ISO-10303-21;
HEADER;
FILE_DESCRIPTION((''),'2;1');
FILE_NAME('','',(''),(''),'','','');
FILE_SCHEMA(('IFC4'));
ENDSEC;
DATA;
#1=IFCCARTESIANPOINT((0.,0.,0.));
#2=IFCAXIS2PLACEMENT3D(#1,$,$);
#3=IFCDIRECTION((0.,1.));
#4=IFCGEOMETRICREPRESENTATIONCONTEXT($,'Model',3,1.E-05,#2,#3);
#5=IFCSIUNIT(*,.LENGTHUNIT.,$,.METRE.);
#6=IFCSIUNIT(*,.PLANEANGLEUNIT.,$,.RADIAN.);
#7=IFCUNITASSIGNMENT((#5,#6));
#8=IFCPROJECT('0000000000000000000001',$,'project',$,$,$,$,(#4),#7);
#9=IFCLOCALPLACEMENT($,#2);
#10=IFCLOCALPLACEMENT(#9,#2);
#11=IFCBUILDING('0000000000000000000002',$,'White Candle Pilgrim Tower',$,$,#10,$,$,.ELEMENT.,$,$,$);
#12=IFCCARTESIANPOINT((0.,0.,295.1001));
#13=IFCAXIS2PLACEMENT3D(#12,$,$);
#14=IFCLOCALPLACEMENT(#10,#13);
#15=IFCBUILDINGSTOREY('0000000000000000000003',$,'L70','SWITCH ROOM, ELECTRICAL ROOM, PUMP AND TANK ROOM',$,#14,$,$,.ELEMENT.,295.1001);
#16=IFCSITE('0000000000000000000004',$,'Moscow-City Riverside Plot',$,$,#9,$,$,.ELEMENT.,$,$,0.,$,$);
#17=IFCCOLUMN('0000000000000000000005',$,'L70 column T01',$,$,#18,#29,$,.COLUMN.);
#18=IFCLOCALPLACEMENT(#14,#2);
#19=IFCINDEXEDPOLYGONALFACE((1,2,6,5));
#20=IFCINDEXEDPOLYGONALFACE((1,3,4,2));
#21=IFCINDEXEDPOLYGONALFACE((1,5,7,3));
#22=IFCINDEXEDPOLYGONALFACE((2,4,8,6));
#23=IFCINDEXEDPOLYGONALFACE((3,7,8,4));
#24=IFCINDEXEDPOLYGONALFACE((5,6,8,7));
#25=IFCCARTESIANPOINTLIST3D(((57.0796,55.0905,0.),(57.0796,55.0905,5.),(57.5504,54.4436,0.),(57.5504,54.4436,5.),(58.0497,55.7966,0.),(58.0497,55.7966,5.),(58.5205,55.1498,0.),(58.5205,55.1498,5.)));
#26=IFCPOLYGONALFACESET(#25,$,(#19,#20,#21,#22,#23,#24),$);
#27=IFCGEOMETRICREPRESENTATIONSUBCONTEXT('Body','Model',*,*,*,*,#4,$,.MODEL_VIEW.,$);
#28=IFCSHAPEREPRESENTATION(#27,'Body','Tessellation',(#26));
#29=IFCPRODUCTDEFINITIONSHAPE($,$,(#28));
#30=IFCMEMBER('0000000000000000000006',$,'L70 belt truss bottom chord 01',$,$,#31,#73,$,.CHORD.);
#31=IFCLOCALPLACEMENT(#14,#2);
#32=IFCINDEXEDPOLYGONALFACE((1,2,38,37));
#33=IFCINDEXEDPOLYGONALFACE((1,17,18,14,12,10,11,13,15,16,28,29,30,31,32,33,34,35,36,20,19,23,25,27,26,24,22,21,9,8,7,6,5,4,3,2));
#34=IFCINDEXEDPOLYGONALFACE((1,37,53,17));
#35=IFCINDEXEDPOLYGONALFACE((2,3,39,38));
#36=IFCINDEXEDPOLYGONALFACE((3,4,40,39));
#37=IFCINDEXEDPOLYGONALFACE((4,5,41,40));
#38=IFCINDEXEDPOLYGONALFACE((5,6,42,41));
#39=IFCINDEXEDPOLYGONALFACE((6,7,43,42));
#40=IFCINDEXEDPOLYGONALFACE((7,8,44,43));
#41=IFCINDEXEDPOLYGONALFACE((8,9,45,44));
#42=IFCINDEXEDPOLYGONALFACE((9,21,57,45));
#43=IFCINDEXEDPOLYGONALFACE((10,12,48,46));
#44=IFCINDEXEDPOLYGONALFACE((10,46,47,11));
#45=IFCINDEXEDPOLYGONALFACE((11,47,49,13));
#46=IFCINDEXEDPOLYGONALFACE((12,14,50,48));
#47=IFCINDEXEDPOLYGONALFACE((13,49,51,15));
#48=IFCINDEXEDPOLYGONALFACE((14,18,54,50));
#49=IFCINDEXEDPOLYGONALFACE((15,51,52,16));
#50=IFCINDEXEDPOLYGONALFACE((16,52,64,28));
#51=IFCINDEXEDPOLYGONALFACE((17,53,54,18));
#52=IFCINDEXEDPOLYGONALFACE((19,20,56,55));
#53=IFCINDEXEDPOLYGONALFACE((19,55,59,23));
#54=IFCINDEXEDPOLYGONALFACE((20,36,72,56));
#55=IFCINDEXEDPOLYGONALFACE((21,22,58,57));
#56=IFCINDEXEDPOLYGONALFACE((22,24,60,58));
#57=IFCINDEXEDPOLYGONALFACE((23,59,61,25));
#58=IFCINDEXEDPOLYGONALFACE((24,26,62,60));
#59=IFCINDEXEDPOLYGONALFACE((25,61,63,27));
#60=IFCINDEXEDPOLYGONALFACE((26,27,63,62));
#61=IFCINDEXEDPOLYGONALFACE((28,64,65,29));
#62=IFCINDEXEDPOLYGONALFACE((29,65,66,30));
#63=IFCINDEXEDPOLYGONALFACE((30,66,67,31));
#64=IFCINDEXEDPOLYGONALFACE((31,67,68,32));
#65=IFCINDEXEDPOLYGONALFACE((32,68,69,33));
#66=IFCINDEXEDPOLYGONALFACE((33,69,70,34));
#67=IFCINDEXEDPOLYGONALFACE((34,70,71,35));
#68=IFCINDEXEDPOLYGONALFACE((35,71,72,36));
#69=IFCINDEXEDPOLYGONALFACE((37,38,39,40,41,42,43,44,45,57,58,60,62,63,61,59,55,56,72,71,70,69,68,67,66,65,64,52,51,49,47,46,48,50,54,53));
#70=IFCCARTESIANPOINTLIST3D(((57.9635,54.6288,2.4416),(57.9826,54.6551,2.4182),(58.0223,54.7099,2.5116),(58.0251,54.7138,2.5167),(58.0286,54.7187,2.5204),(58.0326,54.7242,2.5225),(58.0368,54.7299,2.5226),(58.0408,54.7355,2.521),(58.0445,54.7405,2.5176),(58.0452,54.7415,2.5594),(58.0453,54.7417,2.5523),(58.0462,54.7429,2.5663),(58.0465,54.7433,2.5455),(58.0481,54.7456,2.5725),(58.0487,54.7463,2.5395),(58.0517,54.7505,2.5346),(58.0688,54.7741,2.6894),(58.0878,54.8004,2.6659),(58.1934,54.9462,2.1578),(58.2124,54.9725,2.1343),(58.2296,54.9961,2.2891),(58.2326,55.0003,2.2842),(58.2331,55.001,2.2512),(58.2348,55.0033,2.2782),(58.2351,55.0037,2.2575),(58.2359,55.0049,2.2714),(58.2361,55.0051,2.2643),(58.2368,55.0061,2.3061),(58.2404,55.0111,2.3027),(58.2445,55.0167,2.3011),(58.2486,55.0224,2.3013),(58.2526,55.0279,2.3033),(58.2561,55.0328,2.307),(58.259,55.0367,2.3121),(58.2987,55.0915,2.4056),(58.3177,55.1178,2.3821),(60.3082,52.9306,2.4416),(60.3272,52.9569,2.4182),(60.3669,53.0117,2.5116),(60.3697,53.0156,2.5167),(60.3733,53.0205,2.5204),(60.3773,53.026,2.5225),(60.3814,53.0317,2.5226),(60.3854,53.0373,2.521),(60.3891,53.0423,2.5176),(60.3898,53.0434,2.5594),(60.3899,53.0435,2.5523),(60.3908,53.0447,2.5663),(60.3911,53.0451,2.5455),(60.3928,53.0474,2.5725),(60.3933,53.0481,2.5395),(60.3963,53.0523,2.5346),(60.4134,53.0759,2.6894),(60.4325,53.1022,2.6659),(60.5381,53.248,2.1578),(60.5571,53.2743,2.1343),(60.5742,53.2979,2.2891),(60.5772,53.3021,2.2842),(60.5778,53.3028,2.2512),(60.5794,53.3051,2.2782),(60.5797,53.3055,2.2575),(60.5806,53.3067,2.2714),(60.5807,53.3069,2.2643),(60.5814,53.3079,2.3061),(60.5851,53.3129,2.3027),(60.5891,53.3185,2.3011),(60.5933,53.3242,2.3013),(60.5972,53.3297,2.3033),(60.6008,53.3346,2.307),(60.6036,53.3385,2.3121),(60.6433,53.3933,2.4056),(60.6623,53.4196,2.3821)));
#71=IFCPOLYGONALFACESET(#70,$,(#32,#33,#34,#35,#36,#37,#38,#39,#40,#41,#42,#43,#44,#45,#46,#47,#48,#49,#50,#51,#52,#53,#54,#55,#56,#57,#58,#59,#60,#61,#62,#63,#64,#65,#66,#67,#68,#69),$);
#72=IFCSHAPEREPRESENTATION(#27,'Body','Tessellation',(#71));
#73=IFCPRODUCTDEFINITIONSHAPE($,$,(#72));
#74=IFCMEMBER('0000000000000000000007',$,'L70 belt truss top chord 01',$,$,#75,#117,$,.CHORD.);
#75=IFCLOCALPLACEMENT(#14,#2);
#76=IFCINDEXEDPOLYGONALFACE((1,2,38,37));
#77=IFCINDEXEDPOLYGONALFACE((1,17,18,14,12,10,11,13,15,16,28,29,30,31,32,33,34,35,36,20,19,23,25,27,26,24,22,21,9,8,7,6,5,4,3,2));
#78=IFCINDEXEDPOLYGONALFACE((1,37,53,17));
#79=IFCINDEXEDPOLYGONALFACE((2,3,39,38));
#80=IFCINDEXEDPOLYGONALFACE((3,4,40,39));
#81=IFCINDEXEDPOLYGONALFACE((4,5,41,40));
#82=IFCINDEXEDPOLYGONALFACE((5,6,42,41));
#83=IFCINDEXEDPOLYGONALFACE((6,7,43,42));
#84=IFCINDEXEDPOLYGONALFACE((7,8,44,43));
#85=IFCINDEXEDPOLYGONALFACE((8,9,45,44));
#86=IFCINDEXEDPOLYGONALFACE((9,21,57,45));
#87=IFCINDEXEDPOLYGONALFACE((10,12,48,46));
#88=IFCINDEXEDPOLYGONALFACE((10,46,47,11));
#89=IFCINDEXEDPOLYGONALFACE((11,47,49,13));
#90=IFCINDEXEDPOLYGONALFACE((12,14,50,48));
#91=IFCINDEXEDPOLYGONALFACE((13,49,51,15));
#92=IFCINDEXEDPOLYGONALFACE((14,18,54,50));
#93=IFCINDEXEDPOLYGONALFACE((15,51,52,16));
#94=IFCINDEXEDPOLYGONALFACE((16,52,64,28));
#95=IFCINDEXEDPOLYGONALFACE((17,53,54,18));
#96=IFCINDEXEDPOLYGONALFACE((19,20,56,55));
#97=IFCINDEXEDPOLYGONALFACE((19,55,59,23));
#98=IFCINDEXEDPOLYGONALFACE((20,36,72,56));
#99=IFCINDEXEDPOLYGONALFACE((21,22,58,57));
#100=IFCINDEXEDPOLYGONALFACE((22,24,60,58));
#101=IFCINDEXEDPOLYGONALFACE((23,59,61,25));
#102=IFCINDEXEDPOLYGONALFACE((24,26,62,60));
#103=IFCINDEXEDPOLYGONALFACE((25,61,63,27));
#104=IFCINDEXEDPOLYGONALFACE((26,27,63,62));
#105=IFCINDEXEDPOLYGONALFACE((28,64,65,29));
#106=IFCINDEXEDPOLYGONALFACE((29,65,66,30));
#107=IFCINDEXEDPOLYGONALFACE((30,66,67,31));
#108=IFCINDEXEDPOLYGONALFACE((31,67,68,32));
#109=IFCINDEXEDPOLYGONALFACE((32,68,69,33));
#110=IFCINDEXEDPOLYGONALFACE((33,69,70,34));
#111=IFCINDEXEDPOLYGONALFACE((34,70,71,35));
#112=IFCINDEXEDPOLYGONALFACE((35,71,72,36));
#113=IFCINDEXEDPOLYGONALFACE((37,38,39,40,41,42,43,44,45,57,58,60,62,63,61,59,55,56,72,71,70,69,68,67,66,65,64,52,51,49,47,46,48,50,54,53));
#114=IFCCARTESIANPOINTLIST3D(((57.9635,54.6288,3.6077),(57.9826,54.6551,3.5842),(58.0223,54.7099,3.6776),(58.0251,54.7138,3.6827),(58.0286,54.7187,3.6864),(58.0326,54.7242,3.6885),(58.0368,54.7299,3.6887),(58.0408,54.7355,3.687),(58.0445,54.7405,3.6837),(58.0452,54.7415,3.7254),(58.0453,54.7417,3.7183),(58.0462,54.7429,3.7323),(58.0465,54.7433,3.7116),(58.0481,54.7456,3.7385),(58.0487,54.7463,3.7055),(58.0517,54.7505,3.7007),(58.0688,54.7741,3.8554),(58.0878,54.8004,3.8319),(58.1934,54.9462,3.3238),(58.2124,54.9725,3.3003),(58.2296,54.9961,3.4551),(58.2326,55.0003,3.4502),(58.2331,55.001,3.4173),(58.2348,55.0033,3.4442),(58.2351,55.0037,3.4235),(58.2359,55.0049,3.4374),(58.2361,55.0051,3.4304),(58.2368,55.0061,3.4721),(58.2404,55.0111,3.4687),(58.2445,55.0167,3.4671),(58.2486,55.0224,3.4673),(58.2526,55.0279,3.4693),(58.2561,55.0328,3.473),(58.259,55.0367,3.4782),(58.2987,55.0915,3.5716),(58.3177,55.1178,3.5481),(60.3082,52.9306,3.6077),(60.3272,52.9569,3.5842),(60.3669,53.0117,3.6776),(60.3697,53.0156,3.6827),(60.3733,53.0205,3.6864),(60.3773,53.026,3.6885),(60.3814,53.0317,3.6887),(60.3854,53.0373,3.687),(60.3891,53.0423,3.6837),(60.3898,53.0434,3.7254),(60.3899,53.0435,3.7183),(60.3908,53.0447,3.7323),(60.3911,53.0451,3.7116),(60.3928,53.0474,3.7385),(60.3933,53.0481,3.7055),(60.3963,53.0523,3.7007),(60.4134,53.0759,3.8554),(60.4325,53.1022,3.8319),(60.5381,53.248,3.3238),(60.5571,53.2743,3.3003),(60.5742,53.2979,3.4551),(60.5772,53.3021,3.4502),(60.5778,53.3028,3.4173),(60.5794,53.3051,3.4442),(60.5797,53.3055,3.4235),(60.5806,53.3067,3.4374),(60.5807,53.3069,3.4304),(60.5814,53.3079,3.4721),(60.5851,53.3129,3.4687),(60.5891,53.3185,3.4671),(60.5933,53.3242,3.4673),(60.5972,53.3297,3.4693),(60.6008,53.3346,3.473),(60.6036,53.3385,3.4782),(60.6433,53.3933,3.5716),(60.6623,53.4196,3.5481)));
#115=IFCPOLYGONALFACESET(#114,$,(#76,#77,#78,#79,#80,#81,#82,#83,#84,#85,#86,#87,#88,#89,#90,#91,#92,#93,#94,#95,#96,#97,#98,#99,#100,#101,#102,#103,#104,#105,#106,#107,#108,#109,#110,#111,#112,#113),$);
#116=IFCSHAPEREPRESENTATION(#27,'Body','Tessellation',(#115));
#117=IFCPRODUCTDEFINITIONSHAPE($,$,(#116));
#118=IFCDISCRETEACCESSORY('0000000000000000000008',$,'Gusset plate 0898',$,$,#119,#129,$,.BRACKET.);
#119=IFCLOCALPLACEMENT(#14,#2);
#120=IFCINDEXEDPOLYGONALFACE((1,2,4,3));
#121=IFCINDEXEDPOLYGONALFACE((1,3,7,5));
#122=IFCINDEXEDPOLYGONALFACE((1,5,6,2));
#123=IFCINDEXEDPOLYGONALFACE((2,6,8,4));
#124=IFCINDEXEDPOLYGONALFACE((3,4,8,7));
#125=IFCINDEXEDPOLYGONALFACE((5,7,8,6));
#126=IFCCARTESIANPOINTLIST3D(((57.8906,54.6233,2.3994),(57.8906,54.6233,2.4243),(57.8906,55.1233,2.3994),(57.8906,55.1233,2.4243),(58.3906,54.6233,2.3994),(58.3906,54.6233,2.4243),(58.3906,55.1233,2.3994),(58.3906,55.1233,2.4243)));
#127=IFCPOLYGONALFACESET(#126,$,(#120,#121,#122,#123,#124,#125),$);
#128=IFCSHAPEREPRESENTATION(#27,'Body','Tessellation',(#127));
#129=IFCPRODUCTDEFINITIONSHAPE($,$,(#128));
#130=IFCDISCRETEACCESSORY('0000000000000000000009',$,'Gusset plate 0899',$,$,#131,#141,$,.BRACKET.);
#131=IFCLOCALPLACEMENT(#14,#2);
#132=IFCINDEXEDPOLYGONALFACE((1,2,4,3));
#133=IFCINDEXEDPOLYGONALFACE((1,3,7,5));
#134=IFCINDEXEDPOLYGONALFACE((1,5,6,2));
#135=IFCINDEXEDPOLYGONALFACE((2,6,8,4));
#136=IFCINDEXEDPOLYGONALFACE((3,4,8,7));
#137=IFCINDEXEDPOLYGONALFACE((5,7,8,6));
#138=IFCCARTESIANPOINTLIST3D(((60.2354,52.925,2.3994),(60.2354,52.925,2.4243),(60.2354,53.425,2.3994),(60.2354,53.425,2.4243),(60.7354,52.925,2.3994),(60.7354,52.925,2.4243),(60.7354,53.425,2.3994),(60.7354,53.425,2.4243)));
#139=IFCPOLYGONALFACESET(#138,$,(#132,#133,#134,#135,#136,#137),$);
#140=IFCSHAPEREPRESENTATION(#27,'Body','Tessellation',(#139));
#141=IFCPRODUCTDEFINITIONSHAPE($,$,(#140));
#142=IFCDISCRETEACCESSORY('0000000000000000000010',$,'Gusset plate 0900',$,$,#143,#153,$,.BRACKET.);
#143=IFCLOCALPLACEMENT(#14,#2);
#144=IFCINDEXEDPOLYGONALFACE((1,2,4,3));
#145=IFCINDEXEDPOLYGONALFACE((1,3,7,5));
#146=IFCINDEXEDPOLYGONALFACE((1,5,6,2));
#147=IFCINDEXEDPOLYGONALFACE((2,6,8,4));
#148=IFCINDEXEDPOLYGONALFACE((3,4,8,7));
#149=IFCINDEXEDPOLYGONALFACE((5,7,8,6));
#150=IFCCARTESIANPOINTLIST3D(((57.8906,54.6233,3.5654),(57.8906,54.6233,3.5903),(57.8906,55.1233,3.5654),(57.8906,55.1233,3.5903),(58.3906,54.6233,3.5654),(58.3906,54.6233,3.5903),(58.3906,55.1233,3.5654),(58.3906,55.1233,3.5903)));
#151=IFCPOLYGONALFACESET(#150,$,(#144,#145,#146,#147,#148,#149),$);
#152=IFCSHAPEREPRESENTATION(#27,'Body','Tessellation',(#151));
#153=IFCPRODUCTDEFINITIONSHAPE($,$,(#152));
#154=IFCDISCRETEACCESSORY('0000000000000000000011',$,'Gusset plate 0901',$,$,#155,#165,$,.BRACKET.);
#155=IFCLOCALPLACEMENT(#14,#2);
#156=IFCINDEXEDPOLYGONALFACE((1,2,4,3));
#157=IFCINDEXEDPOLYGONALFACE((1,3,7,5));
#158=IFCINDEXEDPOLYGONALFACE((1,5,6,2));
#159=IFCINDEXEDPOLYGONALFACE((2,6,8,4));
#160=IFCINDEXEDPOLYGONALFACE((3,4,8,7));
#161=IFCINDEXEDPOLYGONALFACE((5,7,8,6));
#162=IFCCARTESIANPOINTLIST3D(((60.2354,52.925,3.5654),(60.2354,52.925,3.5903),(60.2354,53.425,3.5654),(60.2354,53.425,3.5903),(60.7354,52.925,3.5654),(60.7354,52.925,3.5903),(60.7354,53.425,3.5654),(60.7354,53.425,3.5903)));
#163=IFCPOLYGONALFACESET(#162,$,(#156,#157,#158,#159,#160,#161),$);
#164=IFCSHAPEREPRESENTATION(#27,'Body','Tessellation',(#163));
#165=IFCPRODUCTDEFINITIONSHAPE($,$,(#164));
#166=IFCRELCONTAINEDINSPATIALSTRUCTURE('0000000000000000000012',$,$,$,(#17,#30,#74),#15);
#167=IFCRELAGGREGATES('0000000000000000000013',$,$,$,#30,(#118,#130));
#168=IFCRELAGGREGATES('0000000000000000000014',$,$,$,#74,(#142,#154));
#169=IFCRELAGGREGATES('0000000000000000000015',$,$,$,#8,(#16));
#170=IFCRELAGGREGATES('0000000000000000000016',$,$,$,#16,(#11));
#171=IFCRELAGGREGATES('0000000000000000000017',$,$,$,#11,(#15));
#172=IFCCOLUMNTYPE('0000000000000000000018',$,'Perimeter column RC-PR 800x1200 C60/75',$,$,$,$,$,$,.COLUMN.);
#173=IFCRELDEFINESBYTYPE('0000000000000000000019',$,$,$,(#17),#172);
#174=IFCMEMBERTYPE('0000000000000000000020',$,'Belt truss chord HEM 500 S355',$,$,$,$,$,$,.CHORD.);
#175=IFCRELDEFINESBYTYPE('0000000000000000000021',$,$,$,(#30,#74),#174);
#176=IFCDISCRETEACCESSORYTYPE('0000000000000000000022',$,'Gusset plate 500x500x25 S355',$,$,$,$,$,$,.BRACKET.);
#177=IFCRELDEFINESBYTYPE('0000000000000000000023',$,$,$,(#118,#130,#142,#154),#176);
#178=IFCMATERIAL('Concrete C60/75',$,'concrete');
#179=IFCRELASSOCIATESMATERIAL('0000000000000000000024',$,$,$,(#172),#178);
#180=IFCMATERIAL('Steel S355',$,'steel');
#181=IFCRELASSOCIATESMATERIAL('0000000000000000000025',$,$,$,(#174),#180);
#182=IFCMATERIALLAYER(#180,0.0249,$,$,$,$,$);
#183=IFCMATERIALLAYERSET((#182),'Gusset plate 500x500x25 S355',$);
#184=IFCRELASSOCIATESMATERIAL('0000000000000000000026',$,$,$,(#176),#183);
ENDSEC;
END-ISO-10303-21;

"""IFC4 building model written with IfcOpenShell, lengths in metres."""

from ifc_helpers import new_model, si_unit, direction, frame, origin, origin_2d, place, context, subcontext, project, spatial, rectangle, i_section, extrude, material, layer, layer_set, material_profile, profile_set, type_object, element, aggregate, save


model = new_model("IFC4")

# Units and contexts
model_context = context("Model", 3, precision=1e-05, world=origin(), true_north=direction((0.0, 1.0)))
body_context = subcontext(model_context, "Body", "Model", "MODEL_VIEW")
ifc_project = project(units=[si_unit("LENGTHUNIT", "METRE"), si_unit("PLANEANGLEUNIT", "RADIAN")], contexts=[model_context])

# Site, building, storey
site_placement = place(None, origin())
site = spatial("IfcSite", under=ifc_project, at=site_placement, Name="Moscow-City Riverside Plot", CompositionType="ELEMENT", RefElevation=0.0)
building_placement = place(site_placement, origin())
building = spatial("IfcBuilding", under=site, at=building_placement, Name="White Candle Pilgrim Tower", CompositionType="ELEMENT")
storey_placement = place(building_placement, frame((0.0, 0.0, 295.1001)))
storey = spatial("IfcBuildingStorey", under=building, at=storey_placement, Name="L70", Description="SWITCH ROOM, ELECTRICAL ROOM, PUMP AND TANK ROOM", CompositionType="ELEMENT", Elevation=295.1001)

# Column
ifc_material_1 = material(Name="Concrete C60/75", Category="concrete")
ifc_material_profile_1 = material_profile(ifc_material_1, rectangle(XDim=0.8, YDim=1.2, at=origin_2d()), Name="RC-PR 800x1200")
ifc_profile_set_1 = profile_set([ifc_material_profile_1], Name="Concrete C60/75")
column_type = type_object("IfcColumnType", Name="Perimeter column RC-PR 800x1200 C60/75", PredefinedType="COLUMN", material=ifc_profile_set_1)
column_placement = place(storey_placement, frame((57.8, 55.1201, 0.0), z_axis=(0.0, 0.0, 1.0), x_axis=(-0.588463, 0.808524, 0.0)))
element("IfcColumn", 1, at=column_placement, inside=storey, type_object=column_type, Name="L70 column T01", PredefinedType="COLUMN", context=body_context, shape_type="SweptSolid", body=[
    extrude(rectangle(XDim=0.8, YDim=1.2, at=origin_2d()), origin(), (0.0, 0.0, 1.0), 5.0),
])

# Members
ifc_material_2 = material(Name="Steel S355", Category="steel")
ifc_material_profile_2 = material_profile(ifc_material_2, i_section(OverallWidth=0.3059, OverallDepth=0.5239, WebThickness=0.021, FlangeThickness=0.04, FilletRadius=0.0271, at=origin_2d()), Name="HEM 500")
ifc_profile_set_2 = profile_set([ifc_material_profile_2], Name="Steel S355")
member_type_1 = type_object("IfcMemberType", Name="Belt truss chord HEM 500 S355", PredefinedType="CHORD", material=ifc_profile_set_2)
member_1_placement = place(storey_placement, frame((58.1406, 54.8733, 2.4119), z_axis=(0.809887, -0.586586, 0.0), x_axis=(0.344077, 0.475059, 0.809895)))
member_1 = element("IfcMember", 2, at=member_1_placement, inside=storey, type_object=member_type_1, Name="L70 belt truss bottom chord 01", PredefinedType="CHORD", context=body_context, shape_type="SweptSolid", body=[
    extrude(i_section(OverallWidth=0.3059, OverallDepth=0.5239, WebThickness=0.021, FlangeThickness=0.04, FilletRadius=0.0271, at=origin_2d()), origin(), (0.0, 0.0, 1.0), 2.895),
])
member_2_placement = place(storey_placement, frame((58.1406, 54.8733, 3.5779), z_axis=(0.809887, -0.586586, 0.0), x_axis=(0.344077, 0.475059, 0.809895)))
member_2 = element("IfcMember", 3, at=member_2_placement, inside=storey, type_object=member_type_1, Name="L70 belt truss top chord 01", PredefinedType="CHORD", context=body_context, shape_type="SweptSolid", body=[
    extrude(i_section(OverallWidth=0.3059, OverallDepth=0.5239, WebThickness=0.021, FlangeThickness=0.04, FilletRadius=0.0271, at=origin_2d()), origin(), (0.0, 0.0, 1.0), 2.895),
])

# Discrete accessories
ifc_layer_1 = layer(ifc_material_2, 0.0249)
ifc_layer_set_1 = layer_set([ifc_layer_1], Name="Gusset plate 500x500x25 S355")
discrete_accessory_type_1 = type_object("IfcDiscreteAccessoryType", Name="Gusset plate 500x500x25 S355", PredefinedType="BRACKET", material=ifc_layer_set_1)
discrete_accessory_1_placement = place(storey_placement, frame((58.1406, 54.8733, 2.3994), z_axis=(0.0, 0.0, 1.0), x_axis=(1.0, 0.0, 0.0)))
discrete_accessory_1 = element("IfcDiscreteAccessory", 4, at=discrete_accessory_1_placement, type_object=discrete_accessory_type_1, Name="Gusset plate 0898", PredefinedType="BRACKET", context=body_context, shape_type="SweptSolid", body=[
    extrude(rectangle(XDim=0.5, YDim=0.5, at=origin_2d()), origin(), (0.0, 0.0, 1.0), 0.0249),
])
discrete_accessory_2_placement = place(storey_placement, frame((60.4854, 53.175, 2.3994), z_axis=(0.0, 0.0, 1.0), x_axis=(1.0, 0.0, 0.0)))
discrete_accessory_2 = element("IfcDiscreteAccessory", 5, at=discrete_accessory_2_placement, type_object=discrete_accessory_type_1, Name="Gusset plate 0899", PredefinedType="BRACKET", context=body_context, shape_type="SweptSolid", body=[
    extrude(rectangle(XDim=0.5, YDim=0.5, at=origin_2d()), origin(), (0.0, 0.0, 1.0), 0.0249),
])
aggregate(member_1, [discrete_accessory_1, discrete_accessory_2])
discrete_accessory_3_placement = place(storey_placement, frame((58.1406, 54.8733, 3.5654), z_axis=(0.0, 0.0, 1.0), x_axis=(1.0, 0.0, 0.0)))
discrete_accessory_3 = element("IfcDiscreteAccessory", 6, at=discrete_accessory_3_placement, type_object=discrete_accessory_type_1, Name="Gusset plate 0900", PredefinedType="BRACKET", context=body_context, shape_type="SweptSolid", body=[
    extrude(rectangle(XDim=0.5, YDim=0.5, at=origin_2d()), origin(), (0.0, 0.0, 1.0), 0.0249),
])
discrete_accessory_4_placement = place(storey_placement, frame((60.4854, 53.175, 3.5654), z_axis=(0.0, 0.0, 1.0), x_axis=(1.0, 0.0, 0.0)))
discrete_accessory_4 = element("IfcDiscreteAccessory", 7, at=discrete_accessory_4_placement, type_object=discrete_accessory_type_1, Name="Gusset plate 0901", PredefinedType="BRACKET", context=body_context, shape_type="SweptSolid", body=[
    extrude(rectangle(XDim=0.5, YDim=0.5, at=origin_2d()), origin(), (0.0, 0.0, 1.0), 0.0249),
])
aggregate(member_2, [discrete_accessory_3, discrete_accessory_4])

save(model, "model.ifc")
